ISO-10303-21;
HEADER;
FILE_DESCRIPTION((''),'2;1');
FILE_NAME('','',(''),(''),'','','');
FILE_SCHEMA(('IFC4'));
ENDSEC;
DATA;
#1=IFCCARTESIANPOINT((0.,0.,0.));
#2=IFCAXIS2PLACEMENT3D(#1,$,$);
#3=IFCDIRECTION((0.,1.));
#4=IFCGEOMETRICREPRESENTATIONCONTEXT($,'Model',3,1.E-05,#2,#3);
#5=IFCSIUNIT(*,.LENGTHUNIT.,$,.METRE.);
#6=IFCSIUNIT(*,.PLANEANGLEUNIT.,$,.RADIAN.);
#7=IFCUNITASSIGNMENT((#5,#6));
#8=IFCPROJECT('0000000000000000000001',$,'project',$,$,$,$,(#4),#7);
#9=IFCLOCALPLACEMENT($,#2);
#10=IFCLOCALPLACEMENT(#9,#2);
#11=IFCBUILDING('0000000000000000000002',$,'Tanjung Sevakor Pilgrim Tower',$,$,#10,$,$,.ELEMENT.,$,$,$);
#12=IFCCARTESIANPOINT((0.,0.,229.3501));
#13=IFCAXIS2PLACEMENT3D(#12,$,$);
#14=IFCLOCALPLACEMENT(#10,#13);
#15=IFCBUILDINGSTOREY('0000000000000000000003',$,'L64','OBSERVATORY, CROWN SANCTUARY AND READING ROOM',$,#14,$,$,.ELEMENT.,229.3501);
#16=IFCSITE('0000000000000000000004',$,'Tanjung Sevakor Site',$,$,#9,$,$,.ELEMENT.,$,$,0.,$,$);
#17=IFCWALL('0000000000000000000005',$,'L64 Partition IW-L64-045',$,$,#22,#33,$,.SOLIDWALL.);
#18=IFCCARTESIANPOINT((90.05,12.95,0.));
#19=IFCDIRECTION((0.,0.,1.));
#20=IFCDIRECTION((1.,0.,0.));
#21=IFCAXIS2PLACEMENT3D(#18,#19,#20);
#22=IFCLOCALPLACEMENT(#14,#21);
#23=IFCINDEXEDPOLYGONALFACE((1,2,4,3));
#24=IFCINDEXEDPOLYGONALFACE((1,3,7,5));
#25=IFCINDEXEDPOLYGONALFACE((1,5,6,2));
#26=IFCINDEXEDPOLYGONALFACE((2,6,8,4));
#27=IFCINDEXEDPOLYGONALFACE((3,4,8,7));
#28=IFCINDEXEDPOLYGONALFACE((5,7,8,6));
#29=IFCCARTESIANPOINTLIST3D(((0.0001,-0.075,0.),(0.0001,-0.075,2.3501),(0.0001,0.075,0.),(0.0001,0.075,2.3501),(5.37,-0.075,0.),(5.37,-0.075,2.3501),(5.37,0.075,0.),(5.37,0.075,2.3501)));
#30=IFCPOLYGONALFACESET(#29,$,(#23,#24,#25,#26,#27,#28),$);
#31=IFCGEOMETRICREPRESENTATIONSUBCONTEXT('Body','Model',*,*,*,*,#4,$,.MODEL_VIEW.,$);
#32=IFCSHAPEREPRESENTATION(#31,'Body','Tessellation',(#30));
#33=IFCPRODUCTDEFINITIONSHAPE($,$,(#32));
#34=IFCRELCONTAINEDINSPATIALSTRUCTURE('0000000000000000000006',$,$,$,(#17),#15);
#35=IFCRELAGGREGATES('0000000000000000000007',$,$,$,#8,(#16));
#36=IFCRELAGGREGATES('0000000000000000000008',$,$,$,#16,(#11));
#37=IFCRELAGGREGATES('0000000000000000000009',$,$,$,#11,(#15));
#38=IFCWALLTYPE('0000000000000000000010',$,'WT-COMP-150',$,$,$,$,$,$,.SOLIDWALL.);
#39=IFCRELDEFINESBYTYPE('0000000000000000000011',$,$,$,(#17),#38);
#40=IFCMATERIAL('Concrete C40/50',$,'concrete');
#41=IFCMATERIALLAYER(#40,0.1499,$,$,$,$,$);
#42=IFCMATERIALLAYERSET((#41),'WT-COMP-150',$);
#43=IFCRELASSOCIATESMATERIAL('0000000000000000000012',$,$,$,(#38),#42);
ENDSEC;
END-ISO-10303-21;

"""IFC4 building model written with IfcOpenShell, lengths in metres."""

from ifc_helpers import new_model, si_unit, direction, frame, frame_2d, origin, place, context, subcontext, project, spatial, rectangle, extrude, material, layer, layer_set, type_object, element, save


model = new_model("IFC4")

# Units and contexts
model_context = context("Model", 3, precision=1e-05, world=origin(), true_north=direction((0.0, 1.0)))
body_context = subcontext(model_context, "Body", "Model", "MODEL_VIEW")
ifc_project = project(units=[si_unit("LENGTHUNIT", "METRE"), si_unit("PLANEANGLEUNIT", "RADIAN")], contexts=[model_context])

# Site, building, storey
site_placement = place(None, origin())
site = spatial("IfcSite", under=ifc_project, at=site_placement, Name="Tanjung Sevakor Site", CompositionType="ELEMENT", RefElevation=0.0)
building_placement = place(site_placement, origin())
building = spatial("IfcBuilding", under=site, at=building_placement, Name="Tanjung Sevakor Pilgrim Tower", CompositionType="ELEMENT")
storey_placement = place(building_placement, frame((0.0, 0.0, 229.3501)))
storey = spatial("IfcBuildingStorey", under=building, at=storey_placement, Name="L64", Description="OBSERVATORY, CROWN SANCTUARY AND READING ROOM", CompositionType="ELEMENT", Elevation=229.3501)

# Shared definitions
ifc_material_1 = material(Name="Concrete C40/50", Category="concrete")
ifc_layer_1 = layer(ifc_material_1, 0.1499)
ifc_layer_set_1 = layer_set([ifc_layer_1], Name="WT-COMP-150")
wall_type_1 = type_object("IfcWallType", Name="WT-COMP-150", PredefinedType="SOLIDWALL", material=ifc_layer_set_1)

# Wall
wall_1_placement = place(storey_placement, frame((90.05, 12.95, 0.0), z_axis=(0.0, 0.0, 1.0), x_axis=(1.0, 0.0, 0.0)))
element("IfcWall", 1, at=wall_1_placement, inside=storey, type_object=wall_type_1, Name="L64 Partition IW-L64-045", PredefinedType="SOLIDWALL", context=body_context, shape_type="SweptSolid", body=[
    extrude(rectangle(XDim=5.3699, YDim=0.1499, at=frame_2d((2.6851, 0.0))), origin(), (0.0, 0.0, 1.0), 2.3501),
])

save(model, "model.ifc")
